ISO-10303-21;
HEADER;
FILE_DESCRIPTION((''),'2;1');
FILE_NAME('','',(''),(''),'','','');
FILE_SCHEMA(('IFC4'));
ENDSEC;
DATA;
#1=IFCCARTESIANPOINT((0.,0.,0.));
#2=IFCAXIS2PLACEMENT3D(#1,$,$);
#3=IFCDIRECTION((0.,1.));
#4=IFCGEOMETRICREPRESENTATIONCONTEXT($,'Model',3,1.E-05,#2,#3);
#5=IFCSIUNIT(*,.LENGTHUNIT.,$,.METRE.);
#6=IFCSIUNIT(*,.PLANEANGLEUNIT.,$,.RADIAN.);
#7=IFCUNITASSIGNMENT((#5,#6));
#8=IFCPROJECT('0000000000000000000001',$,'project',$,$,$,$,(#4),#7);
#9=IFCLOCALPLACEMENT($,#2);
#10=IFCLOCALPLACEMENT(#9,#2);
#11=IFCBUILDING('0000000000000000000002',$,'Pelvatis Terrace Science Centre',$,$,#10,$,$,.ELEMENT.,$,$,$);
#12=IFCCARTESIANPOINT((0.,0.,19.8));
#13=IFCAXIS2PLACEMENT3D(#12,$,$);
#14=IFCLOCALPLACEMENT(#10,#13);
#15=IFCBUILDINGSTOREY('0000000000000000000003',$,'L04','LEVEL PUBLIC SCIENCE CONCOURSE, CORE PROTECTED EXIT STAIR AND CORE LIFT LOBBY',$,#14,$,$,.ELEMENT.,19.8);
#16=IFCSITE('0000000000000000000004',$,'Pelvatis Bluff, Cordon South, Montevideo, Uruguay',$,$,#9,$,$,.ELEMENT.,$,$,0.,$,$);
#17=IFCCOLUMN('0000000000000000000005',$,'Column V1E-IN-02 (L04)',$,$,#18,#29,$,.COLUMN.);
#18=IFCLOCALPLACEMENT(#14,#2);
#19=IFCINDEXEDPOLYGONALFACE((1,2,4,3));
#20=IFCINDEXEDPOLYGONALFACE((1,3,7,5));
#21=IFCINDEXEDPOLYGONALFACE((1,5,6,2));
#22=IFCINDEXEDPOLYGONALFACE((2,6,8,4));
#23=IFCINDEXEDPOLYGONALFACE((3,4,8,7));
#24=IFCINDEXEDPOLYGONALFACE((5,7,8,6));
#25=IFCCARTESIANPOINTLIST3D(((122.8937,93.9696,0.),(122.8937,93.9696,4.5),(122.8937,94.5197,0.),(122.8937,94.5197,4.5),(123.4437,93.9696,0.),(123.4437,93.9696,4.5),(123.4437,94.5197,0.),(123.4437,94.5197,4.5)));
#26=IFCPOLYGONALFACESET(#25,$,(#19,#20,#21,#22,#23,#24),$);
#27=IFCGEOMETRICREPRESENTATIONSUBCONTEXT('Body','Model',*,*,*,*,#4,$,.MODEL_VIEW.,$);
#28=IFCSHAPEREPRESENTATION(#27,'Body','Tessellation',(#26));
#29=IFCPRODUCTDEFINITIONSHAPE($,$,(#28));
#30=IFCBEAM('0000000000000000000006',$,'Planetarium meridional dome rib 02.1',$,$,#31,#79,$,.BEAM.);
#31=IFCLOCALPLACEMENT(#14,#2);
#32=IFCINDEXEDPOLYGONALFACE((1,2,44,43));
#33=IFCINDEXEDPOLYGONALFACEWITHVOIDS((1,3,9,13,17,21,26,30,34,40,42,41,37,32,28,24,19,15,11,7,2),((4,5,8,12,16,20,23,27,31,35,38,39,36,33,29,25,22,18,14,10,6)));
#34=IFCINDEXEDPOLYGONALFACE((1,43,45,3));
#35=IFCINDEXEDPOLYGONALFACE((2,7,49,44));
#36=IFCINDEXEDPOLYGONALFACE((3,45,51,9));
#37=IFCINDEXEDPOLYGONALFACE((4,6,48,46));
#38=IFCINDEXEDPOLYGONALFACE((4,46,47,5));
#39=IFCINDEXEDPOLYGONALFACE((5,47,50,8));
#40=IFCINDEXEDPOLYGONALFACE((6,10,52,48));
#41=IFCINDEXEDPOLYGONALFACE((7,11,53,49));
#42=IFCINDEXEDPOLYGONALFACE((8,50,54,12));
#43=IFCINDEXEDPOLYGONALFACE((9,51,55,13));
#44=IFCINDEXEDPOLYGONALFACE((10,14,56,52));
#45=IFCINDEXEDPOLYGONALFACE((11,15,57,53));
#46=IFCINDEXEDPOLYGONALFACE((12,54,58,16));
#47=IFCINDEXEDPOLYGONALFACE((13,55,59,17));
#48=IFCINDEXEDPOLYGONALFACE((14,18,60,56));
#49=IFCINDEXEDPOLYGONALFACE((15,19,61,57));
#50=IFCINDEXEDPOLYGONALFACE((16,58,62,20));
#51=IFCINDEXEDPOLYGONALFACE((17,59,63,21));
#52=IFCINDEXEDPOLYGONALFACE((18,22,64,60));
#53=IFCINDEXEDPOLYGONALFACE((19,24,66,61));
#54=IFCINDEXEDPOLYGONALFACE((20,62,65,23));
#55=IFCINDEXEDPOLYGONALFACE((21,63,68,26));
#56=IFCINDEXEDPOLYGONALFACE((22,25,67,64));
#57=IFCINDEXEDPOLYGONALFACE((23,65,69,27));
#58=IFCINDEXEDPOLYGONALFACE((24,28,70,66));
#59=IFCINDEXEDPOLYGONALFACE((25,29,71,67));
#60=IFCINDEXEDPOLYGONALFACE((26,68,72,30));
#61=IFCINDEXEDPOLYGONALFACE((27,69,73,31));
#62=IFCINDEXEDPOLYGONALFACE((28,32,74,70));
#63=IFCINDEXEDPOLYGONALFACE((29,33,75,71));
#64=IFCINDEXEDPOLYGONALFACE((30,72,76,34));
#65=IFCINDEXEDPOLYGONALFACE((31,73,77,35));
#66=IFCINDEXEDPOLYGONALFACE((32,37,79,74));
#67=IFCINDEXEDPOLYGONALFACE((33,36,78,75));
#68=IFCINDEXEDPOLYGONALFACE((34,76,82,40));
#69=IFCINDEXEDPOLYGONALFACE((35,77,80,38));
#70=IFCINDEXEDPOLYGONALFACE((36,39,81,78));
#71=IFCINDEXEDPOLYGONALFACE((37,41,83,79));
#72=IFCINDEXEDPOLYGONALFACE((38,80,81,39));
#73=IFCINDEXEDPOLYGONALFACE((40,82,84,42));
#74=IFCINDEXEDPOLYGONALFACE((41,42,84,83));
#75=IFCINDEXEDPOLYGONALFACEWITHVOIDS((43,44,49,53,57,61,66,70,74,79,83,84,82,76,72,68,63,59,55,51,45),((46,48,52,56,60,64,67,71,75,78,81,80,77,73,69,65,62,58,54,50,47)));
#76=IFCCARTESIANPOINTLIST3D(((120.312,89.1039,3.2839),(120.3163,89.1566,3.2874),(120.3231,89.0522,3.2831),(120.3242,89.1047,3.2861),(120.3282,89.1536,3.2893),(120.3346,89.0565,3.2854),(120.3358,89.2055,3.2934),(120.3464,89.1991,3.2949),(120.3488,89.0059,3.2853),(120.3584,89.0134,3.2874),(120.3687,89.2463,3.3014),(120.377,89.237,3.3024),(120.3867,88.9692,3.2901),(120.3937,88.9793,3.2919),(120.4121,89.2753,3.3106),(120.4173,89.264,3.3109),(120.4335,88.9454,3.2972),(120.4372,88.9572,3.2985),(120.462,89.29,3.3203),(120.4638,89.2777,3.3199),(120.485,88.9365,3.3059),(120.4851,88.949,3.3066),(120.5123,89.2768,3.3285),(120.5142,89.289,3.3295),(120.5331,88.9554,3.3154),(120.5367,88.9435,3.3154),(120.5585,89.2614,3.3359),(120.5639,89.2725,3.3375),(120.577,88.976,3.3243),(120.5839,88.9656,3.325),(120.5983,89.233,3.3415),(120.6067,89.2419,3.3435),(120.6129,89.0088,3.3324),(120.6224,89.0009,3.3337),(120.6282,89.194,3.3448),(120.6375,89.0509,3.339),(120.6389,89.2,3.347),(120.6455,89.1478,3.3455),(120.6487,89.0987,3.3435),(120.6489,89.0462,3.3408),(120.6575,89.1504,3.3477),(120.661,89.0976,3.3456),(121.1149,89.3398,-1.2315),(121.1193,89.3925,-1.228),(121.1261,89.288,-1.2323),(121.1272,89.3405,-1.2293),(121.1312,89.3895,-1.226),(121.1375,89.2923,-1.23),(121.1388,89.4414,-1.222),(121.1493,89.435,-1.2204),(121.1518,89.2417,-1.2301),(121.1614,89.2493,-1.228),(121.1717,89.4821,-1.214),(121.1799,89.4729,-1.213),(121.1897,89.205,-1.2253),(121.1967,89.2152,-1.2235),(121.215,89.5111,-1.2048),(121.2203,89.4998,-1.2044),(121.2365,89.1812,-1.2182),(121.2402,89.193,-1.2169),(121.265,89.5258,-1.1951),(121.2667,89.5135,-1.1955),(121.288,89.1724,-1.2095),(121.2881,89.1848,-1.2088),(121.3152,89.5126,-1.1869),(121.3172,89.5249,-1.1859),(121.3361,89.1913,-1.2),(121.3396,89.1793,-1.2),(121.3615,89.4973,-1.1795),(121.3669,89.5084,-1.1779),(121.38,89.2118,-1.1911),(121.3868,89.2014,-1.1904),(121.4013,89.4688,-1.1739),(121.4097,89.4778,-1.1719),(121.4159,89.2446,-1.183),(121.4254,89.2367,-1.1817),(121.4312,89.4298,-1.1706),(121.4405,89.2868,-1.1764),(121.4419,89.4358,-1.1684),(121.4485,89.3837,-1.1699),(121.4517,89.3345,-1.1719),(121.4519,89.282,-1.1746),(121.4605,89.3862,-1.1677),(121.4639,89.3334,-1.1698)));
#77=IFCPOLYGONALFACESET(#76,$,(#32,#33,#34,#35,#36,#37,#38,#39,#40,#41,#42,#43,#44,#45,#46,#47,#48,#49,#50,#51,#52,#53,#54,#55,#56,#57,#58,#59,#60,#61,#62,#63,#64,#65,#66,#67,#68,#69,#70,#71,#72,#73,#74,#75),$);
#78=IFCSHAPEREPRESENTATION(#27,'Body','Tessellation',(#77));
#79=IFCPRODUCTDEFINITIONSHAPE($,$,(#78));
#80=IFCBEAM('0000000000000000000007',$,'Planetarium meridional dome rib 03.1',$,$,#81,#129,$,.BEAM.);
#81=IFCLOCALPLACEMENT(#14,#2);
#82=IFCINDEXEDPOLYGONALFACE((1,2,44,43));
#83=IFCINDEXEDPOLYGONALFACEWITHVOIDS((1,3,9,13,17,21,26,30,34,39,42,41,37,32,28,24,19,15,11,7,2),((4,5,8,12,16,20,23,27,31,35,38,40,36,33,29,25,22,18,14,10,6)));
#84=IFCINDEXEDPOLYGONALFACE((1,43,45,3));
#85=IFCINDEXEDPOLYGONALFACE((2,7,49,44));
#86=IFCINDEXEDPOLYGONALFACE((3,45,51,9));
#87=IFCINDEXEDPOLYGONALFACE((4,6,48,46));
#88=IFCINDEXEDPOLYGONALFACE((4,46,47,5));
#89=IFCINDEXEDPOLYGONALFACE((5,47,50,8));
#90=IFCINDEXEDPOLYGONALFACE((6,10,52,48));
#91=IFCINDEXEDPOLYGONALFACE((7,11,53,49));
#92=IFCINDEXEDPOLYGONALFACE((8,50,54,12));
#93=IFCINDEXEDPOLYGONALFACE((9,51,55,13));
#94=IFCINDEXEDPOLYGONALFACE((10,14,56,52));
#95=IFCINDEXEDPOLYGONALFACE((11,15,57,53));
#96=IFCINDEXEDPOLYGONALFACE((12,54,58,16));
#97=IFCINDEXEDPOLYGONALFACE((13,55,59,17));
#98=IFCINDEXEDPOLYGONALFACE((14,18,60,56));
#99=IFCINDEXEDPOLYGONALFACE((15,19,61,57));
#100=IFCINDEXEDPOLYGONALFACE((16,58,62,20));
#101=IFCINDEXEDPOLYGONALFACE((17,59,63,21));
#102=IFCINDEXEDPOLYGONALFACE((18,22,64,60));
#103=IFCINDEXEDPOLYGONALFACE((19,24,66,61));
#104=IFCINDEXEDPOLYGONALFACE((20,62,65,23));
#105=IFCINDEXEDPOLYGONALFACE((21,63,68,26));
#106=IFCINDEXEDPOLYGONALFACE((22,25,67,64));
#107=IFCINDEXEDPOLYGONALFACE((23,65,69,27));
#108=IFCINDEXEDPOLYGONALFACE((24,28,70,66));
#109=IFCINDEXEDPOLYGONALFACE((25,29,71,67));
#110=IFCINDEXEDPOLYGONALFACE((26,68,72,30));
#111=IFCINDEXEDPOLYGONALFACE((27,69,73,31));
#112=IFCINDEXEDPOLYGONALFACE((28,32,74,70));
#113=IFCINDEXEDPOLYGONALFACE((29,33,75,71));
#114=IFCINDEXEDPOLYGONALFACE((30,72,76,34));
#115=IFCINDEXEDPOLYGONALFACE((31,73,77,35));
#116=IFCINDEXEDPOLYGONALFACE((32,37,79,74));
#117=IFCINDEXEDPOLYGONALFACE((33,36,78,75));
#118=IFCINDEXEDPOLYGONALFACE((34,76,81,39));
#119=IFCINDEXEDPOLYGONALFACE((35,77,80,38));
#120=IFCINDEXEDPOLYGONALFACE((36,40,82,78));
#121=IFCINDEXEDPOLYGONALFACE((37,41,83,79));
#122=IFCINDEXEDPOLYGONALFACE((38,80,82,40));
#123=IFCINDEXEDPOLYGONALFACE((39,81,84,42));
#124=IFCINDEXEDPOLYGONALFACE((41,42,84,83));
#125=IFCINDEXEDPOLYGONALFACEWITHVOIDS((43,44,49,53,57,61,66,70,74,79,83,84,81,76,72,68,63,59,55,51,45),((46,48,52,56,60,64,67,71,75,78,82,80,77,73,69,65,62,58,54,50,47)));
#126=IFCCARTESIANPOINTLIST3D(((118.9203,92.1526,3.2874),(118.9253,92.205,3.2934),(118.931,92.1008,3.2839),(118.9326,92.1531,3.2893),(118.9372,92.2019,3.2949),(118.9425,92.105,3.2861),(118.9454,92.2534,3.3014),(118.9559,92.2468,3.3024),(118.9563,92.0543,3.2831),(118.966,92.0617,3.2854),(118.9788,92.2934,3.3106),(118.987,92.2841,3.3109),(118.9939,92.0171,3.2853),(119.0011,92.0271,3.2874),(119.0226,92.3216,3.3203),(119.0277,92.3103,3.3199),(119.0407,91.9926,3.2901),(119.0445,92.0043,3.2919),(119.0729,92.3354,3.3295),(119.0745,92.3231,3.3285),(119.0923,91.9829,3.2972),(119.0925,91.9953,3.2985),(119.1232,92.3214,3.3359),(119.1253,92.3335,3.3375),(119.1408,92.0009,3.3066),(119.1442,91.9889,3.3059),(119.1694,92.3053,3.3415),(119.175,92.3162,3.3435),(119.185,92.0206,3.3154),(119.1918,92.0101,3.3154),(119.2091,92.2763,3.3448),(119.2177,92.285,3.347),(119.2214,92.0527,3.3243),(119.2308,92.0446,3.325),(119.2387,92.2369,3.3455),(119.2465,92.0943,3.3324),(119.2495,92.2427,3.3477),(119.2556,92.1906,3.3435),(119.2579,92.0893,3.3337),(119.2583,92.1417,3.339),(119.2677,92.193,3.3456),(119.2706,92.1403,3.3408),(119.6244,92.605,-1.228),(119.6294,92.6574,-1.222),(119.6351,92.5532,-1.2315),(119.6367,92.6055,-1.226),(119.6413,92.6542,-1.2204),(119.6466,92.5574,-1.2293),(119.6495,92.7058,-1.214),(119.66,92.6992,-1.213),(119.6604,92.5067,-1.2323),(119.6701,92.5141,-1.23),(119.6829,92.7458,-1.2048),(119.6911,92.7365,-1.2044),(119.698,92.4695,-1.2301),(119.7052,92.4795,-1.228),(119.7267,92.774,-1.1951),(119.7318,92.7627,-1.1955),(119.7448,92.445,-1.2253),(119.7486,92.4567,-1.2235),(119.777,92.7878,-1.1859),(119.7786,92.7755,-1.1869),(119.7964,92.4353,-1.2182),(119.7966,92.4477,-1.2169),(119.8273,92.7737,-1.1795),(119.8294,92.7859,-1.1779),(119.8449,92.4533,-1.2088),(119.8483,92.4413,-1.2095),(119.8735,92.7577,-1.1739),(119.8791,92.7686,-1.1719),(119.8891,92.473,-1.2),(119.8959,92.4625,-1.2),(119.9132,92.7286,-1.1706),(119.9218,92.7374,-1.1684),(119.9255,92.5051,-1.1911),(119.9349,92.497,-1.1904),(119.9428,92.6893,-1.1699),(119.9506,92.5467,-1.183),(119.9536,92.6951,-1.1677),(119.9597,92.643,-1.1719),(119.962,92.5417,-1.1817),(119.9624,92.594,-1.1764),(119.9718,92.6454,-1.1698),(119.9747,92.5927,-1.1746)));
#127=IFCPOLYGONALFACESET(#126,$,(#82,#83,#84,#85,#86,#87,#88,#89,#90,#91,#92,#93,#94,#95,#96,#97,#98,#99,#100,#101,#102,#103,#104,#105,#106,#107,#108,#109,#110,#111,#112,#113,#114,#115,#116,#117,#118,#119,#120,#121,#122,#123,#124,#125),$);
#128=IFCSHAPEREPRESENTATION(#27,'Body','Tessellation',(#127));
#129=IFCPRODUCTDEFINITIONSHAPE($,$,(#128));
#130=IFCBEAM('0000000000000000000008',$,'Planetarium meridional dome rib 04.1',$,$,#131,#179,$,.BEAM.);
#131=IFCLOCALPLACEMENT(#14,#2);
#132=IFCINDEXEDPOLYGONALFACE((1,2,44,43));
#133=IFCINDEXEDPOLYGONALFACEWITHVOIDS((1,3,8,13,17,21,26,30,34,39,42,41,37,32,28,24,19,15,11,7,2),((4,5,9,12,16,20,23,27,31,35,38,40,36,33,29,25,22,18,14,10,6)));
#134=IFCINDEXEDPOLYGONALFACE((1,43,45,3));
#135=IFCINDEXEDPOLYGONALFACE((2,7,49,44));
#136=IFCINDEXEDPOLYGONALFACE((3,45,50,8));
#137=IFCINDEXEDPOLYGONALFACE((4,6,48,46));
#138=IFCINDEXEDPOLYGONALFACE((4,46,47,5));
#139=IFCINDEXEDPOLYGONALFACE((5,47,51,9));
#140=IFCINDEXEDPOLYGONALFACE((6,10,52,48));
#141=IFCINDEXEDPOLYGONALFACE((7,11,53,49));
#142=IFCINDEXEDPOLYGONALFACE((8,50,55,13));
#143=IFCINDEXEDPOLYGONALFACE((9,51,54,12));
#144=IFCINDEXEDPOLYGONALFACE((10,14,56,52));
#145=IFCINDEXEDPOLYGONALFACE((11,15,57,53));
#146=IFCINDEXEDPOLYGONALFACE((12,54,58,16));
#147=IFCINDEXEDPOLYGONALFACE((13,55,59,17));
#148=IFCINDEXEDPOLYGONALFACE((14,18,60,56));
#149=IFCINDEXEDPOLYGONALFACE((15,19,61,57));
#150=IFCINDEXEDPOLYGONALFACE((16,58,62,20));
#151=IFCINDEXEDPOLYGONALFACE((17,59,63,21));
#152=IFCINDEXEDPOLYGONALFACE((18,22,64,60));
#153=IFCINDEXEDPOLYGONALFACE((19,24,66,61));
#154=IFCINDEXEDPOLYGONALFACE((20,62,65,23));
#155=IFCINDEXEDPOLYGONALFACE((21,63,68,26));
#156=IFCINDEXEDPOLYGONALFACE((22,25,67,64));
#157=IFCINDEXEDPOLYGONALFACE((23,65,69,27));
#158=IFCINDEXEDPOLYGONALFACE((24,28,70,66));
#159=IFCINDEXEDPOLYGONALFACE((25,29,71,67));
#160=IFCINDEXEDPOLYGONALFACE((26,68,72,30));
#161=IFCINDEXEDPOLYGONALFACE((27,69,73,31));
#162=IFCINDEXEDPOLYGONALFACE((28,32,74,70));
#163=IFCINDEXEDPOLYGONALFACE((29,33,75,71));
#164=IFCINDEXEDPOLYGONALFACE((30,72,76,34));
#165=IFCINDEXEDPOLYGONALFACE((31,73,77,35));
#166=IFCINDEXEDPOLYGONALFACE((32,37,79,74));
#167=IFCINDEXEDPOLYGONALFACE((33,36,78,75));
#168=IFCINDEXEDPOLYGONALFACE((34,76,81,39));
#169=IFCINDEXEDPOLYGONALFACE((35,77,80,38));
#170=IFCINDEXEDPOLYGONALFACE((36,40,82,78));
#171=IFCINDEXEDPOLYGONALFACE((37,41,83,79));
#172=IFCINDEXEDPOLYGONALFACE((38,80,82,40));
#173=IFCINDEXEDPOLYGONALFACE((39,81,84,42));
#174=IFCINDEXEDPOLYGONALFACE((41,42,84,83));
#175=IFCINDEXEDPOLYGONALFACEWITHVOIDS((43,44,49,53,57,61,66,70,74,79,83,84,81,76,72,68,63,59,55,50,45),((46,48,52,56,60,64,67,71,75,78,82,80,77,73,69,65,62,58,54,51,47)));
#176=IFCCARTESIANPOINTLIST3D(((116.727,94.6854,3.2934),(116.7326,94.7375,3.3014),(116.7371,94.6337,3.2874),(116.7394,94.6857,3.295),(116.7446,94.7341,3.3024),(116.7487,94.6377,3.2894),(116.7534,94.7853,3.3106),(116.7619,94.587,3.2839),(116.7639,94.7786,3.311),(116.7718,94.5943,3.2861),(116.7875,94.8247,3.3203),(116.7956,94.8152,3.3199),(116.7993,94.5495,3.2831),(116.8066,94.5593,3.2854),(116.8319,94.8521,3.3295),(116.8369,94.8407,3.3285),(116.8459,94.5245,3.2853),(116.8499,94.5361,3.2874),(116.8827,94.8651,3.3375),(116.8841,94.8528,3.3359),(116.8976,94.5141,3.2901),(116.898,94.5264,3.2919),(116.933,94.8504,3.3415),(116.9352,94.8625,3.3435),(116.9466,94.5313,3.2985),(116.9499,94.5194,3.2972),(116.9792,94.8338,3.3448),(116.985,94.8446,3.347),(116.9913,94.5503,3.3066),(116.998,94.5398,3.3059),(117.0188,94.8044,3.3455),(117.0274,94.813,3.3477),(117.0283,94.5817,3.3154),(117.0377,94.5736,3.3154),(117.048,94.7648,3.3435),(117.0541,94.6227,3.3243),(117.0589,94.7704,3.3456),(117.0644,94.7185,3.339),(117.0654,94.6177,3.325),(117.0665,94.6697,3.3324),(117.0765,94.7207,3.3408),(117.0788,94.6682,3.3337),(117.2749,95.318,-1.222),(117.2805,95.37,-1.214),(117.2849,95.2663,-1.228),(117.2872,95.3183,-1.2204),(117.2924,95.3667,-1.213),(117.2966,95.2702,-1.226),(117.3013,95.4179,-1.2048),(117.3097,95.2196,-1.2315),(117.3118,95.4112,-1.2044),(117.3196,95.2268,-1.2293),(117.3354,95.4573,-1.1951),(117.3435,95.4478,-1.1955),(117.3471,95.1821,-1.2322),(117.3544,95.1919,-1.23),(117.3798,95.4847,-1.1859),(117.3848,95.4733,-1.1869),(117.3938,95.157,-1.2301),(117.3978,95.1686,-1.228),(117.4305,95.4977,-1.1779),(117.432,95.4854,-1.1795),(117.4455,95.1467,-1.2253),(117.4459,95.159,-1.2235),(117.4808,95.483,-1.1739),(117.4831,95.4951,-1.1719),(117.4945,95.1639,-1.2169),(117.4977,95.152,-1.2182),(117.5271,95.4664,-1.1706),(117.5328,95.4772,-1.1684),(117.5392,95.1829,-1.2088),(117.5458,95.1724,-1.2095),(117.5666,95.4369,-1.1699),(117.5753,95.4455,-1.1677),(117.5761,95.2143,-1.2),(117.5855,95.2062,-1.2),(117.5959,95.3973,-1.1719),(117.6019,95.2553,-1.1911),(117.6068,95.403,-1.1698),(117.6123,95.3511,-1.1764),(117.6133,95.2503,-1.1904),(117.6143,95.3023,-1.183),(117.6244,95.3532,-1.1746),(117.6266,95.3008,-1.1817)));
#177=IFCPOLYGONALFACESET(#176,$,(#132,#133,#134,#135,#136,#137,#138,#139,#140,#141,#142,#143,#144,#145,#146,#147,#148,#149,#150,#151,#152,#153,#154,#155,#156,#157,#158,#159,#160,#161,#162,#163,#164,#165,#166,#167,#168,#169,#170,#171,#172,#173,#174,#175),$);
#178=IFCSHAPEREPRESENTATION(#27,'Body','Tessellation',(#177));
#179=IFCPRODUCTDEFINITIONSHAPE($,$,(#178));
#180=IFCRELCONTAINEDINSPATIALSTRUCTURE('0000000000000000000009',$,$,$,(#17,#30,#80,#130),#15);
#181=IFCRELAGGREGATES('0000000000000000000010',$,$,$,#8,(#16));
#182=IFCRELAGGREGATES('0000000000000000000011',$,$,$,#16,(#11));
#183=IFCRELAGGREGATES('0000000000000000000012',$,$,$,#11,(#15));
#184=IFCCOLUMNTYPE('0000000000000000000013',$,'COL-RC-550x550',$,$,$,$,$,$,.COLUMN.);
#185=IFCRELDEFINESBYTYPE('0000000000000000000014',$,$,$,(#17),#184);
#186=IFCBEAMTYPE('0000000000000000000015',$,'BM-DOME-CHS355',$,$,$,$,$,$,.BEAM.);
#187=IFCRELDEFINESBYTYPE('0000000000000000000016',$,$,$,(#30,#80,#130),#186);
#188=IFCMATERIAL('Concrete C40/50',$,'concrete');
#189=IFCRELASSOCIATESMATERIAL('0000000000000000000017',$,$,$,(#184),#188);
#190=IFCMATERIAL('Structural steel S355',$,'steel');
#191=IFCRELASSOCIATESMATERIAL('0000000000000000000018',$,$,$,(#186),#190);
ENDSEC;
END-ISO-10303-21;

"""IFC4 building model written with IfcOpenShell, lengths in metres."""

from ifc_helpers import new_model, si_unit, direction, frame, origin, origin_2d, place, context, subcontext, project, spatial, rectangle, hollow_circle, extrude, material, material_profile, profile_set, type_object, element, save


model = new_model("IFC4")

# Units and contexts
model_context = context("Model", 3, precision=1e-05, world=origin(), true_north=direction((0.0, 1.0)))
body_context = subcontext(model_context, "Body", "Model", "MODEL_VIEW")
ifc_project = project(units=[si_unit("LENGTHUNIT", "METRE"), si_unit("PLANEANGLEUNIT", "RADIAN")], contexts=[model_context])

# Site, building, storey
site_placement = place(None, origin())
site = spatial("IfcSite", under=ifc_project, at=site_placement, Name="Pelvatis Bluff, Cordon South, Montevideo, Uruguay", CompositionType="ELEMENT", RefElevation=0.0)
building_placement = place(site_placement, origin())
building = spatial("IfcBuilding", under=site, at=building_placement, Name="Pelvatis Terrace Science Centre", CompositionType="ELEMENT")
storey_placement = place(building_placement, frame((0.0, 0.0, 19.8)))
storey = spatial("IfcBuildingStorey", under=building, at=storey_placement, Name="L04", Description="LEVEL PUBLIC SCIENCE CONCOURSE, CORE PROTECTED EXIT STAIR AND CORE LIFT LOBBY", CompositionType="ELEMENT", Elevation=19.8)

# Column
ifc_material_1 = material(Name="Concrete C40/50", Category="concrete")
ifc_material_profile_1 = material_profile(ifc_material_1, rectangle(XDim=0.55, YDim=0.55, at=origin_2d()), Name="RC-COL 550x550")
ifc_profile_set_1 = profile_set([ifc_material_profile_1], Name="Concrete C40/50")
column_type = type_object("IfcColumnType", Name="COL-RC-550x550", PredefinedType="COLUMN", material=ifc_profile_set_1)
column_placement = place(storey_placement, frame((123.1687, 94.2446, 0.0), z_axis=(0.0, 0.0, 1.0), x_axis=(1.0, 0.0, 0.0)))
element("IfcColumn", 1, at=column_placement, inside=storey, type_object=column_type, Name="Column V1E-IN-02 (L04)", PredefinedType="COLUMN", context=body_context, shape_type="SweptSolid", body=[
    extrude(rectangle(XDim=0.55, YDim=0.55, at=origin_2d()), origin(), (0.0, 0.0, 1.0), 4.5),
])

# Beams
ifc_material_2 = material(Name="Structural steel S355", Category="steel")
ifc_material_profile_2 = material_profile(ifc_material_2, hollow_circle(Radius=0.1777, WallThickness=0.0125, at=origin_2d()), Name="CHS 355.6x12.5")
ifc_profile_set_2 = profile_set([ifc_material_profile_2], Name="Structural steel S355")
beam_type_1 = type_object("IfcBeamType", Name="BM-DOME-CHS355", PredefinedType="BEAM", material=ifc_profile_set_2)
for number, where, z_axis, x_axis, name in (
    (2, (121.2896, 89.3499, -1.2), (-0.174854, -0.051356, 0.983254), (0.281803, -0.959472, 0.0), "Planetarium meridional dome rib 02.1"),
    (3, (119.7998, 92.6121, -1.2), (-0.153323, -0.098511, 0.983254), (0.540551, -0.841311, 0.0), "Planetarium meridional dome rib 03.1"),
    (4, (117.4512, 95.3225, -1.2), (-0.119299, -0.137746, 0.983257), (0.75591, -0.654675, 0.0), "Planetarium meridional dome rib 04.1"),
):
    element("IfcBeam", number, at=place(storey_placement, frame(where, z_axis=z_axis, x_axis=x_axis)), inside=storey, type_object=beam_type_1, Name=name, PredefinedType="BEAM", context=body_context, shape_type="SweptSolid", body=[
        extrude(hollow_circle(Radius=0.1777, WallThickness=0.0125, at=origin_2d()), origin(), (0.0, 0.0, 1.0), 4.5923),
    ])

save(model, "model.ifc")
